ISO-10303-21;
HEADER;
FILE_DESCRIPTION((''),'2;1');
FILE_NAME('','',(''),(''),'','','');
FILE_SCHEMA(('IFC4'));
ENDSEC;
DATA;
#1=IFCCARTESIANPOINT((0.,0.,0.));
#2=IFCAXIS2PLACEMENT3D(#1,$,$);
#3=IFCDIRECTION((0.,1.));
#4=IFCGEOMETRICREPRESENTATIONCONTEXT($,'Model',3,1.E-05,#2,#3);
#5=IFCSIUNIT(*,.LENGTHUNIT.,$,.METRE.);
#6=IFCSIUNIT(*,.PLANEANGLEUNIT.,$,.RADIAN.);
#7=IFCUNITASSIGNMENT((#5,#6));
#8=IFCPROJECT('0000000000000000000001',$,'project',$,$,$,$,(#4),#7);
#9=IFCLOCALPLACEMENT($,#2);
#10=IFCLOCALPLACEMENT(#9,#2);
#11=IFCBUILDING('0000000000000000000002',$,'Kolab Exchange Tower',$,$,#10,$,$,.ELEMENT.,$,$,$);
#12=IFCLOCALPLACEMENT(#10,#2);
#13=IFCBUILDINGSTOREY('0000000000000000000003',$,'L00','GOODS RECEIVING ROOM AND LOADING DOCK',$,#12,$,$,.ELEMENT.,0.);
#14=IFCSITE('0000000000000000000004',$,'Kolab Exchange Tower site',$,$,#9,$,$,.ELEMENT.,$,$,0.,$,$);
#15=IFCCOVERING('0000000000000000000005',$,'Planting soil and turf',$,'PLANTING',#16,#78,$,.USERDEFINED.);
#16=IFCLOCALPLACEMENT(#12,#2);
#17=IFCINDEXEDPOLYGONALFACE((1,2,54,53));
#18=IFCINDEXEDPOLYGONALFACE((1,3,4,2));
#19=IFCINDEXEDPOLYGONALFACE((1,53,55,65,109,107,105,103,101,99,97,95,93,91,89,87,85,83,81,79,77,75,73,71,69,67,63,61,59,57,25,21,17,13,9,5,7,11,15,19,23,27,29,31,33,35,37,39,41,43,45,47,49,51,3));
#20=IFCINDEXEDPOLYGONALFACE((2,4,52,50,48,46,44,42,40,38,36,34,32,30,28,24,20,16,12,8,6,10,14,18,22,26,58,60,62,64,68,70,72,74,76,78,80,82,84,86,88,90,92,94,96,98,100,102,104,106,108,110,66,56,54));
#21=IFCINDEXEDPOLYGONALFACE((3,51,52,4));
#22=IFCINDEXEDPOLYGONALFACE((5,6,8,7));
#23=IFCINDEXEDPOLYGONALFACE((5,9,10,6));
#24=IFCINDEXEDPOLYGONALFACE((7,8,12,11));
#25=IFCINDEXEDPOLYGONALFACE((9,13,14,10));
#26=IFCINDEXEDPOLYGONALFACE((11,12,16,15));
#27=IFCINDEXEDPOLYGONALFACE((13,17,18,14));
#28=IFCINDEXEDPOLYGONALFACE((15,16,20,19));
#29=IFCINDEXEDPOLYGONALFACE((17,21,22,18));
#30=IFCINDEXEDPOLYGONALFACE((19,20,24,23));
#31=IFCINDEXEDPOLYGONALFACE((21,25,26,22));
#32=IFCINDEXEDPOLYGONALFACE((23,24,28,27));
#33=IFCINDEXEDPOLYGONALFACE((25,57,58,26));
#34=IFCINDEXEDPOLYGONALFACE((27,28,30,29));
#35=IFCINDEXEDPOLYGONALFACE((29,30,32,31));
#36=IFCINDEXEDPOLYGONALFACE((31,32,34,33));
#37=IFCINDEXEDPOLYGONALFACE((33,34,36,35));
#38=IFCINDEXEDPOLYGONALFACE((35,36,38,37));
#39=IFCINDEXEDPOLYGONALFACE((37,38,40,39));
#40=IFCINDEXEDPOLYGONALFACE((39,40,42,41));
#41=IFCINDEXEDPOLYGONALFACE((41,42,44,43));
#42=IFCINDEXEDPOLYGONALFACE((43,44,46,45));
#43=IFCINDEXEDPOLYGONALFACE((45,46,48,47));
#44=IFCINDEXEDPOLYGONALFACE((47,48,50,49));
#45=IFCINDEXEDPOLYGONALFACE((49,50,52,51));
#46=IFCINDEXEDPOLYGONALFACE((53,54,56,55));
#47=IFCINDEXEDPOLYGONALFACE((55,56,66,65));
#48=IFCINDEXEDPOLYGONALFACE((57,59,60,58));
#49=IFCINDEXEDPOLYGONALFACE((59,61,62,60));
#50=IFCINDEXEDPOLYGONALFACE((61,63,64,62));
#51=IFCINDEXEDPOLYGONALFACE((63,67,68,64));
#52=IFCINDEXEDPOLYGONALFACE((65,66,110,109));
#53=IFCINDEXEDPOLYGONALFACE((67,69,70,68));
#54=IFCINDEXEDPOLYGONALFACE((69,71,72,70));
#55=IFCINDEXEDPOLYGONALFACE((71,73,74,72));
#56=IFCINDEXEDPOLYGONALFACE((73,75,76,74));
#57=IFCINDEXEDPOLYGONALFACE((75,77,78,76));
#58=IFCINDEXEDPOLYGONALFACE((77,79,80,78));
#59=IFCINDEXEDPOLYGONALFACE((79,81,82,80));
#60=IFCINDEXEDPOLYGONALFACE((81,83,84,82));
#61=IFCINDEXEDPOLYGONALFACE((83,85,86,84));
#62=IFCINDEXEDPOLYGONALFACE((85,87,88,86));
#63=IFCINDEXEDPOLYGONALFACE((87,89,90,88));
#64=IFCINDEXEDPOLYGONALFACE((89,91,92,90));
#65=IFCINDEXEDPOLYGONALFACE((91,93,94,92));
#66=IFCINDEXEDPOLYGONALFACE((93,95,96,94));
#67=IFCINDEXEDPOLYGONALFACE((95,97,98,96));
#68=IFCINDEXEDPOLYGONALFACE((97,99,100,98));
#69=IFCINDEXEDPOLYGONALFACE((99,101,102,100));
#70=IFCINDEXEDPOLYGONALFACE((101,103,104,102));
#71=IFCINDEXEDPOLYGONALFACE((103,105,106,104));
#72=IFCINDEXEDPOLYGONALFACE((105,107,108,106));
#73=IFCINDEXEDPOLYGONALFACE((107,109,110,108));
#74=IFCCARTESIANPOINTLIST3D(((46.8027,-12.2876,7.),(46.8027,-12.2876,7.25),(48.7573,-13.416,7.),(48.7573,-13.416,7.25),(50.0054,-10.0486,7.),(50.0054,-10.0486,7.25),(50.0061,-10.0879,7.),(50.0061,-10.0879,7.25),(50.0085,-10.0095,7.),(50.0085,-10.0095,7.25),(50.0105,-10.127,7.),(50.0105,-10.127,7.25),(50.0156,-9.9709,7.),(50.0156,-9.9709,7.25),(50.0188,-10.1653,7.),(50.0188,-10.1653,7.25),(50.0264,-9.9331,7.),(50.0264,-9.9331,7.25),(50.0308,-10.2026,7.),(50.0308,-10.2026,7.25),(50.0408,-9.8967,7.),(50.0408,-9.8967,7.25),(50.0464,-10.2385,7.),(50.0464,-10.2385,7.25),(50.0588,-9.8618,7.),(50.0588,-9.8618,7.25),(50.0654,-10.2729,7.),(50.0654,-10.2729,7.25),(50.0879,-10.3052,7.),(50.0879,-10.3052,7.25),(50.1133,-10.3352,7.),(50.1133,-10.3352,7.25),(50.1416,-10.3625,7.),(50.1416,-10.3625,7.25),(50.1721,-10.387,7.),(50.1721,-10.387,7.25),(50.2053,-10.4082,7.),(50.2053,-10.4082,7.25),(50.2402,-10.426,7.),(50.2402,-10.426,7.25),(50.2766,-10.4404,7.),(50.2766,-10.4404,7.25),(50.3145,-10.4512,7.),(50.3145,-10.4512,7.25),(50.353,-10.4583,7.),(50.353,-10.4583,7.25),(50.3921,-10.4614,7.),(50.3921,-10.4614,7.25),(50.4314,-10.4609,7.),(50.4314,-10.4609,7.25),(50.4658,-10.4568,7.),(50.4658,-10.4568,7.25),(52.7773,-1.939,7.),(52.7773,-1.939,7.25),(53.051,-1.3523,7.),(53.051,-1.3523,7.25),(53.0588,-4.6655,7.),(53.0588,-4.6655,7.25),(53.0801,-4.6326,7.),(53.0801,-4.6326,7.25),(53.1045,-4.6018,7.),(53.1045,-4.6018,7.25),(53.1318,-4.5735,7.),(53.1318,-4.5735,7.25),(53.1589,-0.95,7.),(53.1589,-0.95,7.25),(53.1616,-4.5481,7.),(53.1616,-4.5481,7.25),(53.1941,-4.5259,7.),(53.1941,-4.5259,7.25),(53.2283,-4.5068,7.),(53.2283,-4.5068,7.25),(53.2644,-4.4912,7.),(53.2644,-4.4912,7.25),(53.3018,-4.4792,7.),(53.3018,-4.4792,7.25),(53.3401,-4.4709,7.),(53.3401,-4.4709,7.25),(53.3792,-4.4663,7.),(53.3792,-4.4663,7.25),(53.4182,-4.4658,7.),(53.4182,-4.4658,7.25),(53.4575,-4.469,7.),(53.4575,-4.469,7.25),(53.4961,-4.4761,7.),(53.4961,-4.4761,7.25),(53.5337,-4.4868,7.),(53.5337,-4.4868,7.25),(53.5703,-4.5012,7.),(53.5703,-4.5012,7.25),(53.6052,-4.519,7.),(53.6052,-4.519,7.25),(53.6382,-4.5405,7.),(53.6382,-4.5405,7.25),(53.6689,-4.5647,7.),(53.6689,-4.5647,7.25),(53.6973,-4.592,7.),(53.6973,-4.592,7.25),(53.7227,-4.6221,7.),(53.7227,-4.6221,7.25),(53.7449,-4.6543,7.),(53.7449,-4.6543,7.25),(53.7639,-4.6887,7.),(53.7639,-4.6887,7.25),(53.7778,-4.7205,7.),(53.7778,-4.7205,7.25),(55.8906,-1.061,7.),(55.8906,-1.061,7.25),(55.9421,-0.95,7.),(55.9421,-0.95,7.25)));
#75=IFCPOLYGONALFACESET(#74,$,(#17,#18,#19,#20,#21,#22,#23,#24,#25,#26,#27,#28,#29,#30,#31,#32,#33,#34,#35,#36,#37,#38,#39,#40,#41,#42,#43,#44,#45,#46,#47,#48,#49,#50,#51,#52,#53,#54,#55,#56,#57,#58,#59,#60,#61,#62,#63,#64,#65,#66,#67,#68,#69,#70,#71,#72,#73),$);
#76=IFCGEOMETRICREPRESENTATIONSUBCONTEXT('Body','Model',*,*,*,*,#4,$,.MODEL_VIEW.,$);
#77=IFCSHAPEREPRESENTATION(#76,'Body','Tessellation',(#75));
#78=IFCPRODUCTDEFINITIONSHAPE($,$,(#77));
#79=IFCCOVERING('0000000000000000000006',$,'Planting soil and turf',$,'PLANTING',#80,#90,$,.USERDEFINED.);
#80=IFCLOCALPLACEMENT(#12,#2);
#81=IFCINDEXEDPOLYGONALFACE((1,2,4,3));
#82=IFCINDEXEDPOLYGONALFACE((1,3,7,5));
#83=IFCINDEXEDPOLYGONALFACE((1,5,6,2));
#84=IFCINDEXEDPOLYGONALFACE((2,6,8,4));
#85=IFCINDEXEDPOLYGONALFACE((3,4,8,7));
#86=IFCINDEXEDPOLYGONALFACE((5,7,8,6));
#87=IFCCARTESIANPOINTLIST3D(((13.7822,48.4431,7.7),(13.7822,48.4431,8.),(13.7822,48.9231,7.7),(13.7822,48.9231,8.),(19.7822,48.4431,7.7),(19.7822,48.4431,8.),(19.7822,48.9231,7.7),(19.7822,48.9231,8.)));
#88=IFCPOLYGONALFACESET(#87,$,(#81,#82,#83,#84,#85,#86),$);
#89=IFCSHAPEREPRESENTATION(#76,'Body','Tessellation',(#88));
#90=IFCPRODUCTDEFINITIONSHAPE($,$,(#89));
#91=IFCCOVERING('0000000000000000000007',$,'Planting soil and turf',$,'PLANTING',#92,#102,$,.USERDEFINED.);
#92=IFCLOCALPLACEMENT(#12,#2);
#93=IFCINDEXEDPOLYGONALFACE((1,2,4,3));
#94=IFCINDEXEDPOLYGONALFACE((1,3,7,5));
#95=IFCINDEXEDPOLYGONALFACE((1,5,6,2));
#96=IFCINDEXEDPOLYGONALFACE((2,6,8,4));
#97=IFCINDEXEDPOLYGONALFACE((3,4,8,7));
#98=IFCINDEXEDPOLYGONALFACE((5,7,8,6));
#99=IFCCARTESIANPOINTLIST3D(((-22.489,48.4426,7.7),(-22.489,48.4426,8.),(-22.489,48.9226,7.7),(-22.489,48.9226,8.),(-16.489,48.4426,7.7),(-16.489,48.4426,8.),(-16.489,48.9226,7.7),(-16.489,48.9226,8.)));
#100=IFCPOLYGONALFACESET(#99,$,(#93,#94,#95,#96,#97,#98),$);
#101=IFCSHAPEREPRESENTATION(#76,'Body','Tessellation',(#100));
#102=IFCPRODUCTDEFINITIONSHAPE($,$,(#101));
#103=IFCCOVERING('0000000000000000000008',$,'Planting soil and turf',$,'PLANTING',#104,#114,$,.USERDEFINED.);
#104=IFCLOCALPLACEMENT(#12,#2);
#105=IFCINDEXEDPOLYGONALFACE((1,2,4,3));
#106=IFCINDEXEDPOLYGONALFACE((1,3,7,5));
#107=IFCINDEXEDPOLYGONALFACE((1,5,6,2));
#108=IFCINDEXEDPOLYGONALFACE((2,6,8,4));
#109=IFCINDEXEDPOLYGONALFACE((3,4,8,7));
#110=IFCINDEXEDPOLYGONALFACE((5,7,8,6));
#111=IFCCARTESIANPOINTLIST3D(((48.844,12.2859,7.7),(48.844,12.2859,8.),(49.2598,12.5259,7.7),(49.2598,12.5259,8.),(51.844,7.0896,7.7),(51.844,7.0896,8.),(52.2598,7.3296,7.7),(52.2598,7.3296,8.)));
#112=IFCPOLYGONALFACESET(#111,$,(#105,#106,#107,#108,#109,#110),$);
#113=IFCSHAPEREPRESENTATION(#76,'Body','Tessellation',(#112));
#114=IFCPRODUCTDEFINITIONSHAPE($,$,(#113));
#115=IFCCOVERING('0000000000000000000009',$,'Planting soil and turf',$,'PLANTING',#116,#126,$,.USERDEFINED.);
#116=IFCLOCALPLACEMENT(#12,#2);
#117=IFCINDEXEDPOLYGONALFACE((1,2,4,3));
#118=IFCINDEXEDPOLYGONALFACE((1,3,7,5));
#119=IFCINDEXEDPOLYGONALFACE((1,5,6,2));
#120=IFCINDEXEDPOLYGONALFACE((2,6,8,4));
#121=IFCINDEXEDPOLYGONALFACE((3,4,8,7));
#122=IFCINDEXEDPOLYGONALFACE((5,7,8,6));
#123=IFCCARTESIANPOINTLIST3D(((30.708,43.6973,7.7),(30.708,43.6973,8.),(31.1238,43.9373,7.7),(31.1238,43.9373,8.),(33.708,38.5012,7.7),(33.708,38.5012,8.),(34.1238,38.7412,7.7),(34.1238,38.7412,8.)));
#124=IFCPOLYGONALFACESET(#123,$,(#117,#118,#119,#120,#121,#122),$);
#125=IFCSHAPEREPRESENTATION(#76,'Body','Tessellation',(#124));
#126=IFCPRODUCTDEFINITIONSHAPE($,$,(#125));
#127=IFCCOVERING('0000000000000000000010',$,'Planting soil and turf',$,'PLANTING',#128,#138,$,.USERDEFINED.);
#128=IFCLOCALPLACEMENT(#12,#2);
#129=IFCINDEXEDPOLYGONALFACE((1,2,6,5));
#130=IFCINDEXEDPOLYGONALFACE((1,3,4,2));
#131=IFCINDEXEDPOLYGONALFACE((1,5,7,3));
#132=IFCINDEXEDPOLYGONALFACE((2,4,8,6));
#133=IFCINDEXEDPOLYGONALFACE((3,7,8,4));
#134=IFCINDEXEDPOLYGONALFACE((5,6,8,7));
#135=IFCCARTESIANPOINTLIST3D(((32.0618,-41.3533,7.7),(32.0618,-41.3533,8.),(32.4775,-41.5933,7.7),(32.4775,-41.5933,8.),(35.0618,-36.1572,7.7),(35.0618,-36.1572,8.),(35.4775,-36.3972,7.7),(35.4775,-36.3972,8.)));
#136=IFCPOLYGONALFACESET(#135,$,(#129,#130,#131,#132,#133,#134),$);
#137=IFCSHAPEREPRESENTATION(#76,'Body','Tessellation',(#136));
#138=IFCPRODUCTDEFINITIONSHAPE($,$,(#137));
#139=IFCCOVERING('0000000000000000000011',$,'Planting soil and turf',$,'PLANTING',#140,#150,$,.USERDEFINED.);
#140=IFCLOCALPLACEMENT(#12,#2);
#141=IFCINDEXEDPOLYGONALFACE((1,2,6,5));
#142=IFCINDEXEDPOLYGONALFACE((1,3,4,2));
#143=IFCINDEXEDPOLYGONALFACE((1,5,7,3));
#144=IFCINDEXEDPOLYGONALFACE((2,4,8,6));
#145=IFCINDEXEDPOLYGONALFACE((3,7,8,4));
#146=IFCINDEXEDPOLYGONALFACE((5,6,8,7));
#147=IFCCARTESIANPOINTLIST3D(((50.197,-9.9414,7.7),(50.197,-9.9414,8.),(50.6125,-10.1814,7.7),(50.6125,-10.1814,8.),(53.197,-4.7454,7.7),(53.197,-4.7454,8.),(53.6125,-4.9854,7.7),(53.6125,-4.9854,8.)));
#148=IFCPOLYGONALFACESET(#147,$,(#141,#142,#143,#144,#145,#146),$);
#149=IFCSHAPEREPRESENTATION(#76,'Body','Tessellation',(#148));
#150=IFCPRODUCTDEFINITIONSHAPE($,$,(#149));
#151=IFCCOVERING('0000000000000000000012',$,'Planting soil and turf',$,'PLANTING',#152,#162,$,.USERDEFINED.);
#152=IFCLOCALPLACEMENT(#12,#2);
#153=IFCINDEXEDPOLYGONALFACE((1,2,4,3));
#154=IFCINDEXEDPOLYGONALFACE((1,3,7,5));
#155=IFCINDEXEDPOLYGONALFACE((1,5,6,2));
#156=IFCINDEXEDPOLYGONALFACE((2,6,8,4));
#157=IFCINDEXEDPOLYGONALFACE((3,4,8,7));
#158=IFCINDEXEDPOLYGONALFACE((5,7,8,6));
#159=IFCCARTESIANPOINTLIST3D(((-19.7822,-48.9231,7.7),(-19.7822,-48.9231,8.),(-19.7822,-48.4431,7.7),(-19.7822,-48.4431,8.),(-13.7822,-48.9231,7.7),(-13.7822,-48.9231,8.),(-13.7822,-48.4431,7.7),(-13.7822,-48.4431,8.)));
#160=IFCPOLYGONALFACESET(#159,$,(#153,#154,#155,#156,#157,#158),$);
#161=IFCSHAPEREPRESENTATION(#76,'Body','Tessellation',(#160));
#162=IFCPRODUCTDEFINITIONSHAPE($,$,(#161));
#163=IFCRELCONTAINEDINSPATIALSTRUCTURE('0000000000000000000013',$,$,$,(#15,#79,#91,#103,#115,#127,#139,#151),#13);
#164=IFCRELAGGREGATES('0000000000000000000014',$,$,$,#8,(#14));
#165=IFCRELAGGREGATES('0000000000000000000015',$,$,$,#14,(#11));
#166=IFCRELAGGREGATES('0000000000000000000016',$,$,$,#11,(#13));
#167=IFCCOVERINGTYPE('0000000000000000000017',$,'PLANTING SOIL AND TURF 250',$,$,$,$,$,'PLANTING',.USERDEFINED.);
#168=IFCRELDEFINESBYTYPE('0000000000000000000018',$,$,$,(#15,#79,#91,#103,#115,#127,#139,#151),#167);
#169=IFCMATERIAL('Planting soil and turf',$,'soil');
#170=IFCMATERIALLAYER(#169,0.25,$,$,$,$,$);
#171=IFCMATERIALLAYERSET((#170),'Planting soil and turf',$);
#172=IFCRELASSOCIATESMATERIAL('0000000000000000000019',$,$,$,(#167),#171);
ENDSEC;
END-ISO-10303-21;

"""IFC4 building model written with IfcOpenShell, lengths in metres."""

from ifc_helpers import new_model, si_unit, direction, frame, origin, place, context, subcontext, project, spatial, polyline, outline, extrude, material, layer, layer_set, type_object, element, save


model = new_model("IFC4")

# Units and contexts
model_context = context("Model", 3, precision=1e-05, world=origin(), true_north=direction((0.0, 1.0)))
body_context = subcontext(model_context, "Body", "Model", "MODEL_VIEW")
ifc_project = project(units=[si_unit("LENGTHUNIT", "METRE"), si_unit("PLANEANGLEUNIT", "RADIAN")], contexts=[model_context])

# Site, building, storey
site_placement = place(None, origin())
site = spatial("IfcSite", under=ifc_project, at=site_placement, Name="Kolab Exchange Tower site", CompositionType="ELEMENT", RefElevation=0.0)
building_placement = place(site_placement, origin())
building = spatial("IfcBuilding", under=site, at=building_placement, Name="Kolab Exchange Tower", CompositionType="ELEMENT")
storey_placement = place(building_placement, origin())
storey = spatial("IfcBuildingStorey", under=building, at=storey_placement, Name="L00", Description="GOODS RECEIVING ROOM AND LOADING DOCK", CompositionType="ELEMENT", Elevation=0.0)

# Coverings
ifc_material_1 = material(Name="Planting soil and turf", Category="soil")
ifc_layer_1 = layer(ifc_material_1, 0.25)
ifc_layer_set_1 = layer_set([ifc_layer_1], Name="Planting soil and turf")
covering_type_1 = type_object("IfcCoveringType", Name="PLANTING SOIL AND TURF 250", ElementType="PLANTING", PredefinedType="USERDEFINED", material=ifc_layer_set_1)
covering_1_placement = place(storey_placement, frame((0.0, 0.0, 7.0)))
element("IfcCovering", 1, at=covering_1_placement, inside=storey, type_object=covering_type_1, Name="Planting soil and turf", ObjectType="PLANTING", PredefinedType="USERDEFINED", context=body_context, shape_type="SweptSolid", body=[
    extrude(outline(polyline([(52.7773, -1.939), (53.051, -1.3523), (53.1589, -0.95), (55.9421, -0.95), (55.8906, -1.061), (53.7778, -4.7205), (53.7639, -4.6887), (53.7449, -4.6543), (53.7227, -4.6221), (53.6973, -4.592), (53.6689, -4.5647), (53.6382, -4.5405), (53.6052, -4.519), (53.5703, -4.5012), (53.5337, -4.4868), (53.4961, -4.4761), (53.4575, -4.469), (53.4182, -4.4658), (53.3792, -4.4663), (53.3401, -4.4709), (53.3018, -4.4792), (53.2644, -4.4912), (53.2283, -4.5068), (53.1941, -4.5259), (53.1616, -4.5481), (53.1318, -4.5735), (53.1045, -4.6018), (53.0801, -4.6326), (53.0588, -4.6655), (50.0588, -9.8618), (50.0408, -9.8967), (50.0264, -9.9331), (50.0156, -9.9709), (50.0085, -10.0095), (50.0054, -10.0486), (50.0061, -10.0879), (50.0105, -10.127), (50.0188, -10.1653), (50.0308, -10.2026), (50.0464, -10.2385), (50.0654, -10.2729), (50.0879, -10.3052), (50.1133, -10.3352), (50.1416, -10.3625), (50.1721, -10.387), (50.2053, -10.4082), (50.2402, -10.426), (50.2766, -10.4404), (50.3145, -10.4512), (50.353, -10.4583), (50.3921, -10.4614), (50.4314, -10.4609), (50.4658, -10.4568), (48.7573, -13.416), (46.8027, -12.2876), (52.7773, -1.939)])), origin(), (0.0, 0.0, 1.0), 0.25),
])
covering_2_placement = place(storey_placement, frame((0.0, 0.0, 7.7)))
element("IfcCovering", 2, at=covering_2_placement, inside=storey, type_object=covering_type_1, Name="Planting soil and turf", ObjectType="PLANTING", PredefinedType="USERDEFINED", context=body_context, shape_type="SweptSolid", body=[
    extrude(outline(polyline([(19.7822, 48.9231), (19.7822, 48.4431), (13.7822, 48.4431), (13.7822, 48.9231), (19.7822, 48.9231)])), origin(), (0.0, 0.0, 1.0), 0.3),
])
covering_3_placement = place(storey_placement, frame((0.0, 0.0, 7.7)))
element("IfcCovering", 3, at=covering_3_placement, inside=storey, type_object=covering_type_1, Name="Planting soil and turf", ObjectType="PLANTING", PredefinedType="USERDEFINED", context=body_context, shape_type="SweptSolid", body=[
    extrude(outline(polyline([(-16.489, 48.9226), (-16.489, 48.4426), (-22.489, 48.4426), (-22.489, 48.9226), (-16.489, 48.9226)])), origin(), (0.0, 0.0, 1.0), 0.3),
])
covering_4_placement = place(storey_placement, frame((0.0, 0.0, 7.7)))
element("IfcCovering", 4, at=covering_4_placement, inside=storey, type_object=covering_type_1, Name="Planting soil and turf", ObjectType="PLANTING", PredefinedType="USERDEFINED", context=body_context, shape_type="SweptSolid", body=[
    extrude(outline(polyline([(52.2598, 7.3296), (51.844, 7.0896), (48.844, 12.2859), (49.2598, 12.5259), (52.2598, 7.3296)])), origin(), (0.0, 0.0, 1.0), 0.3),
])
covering_5_placement = place(storey_placement, frame((0.0, 0.0, 7.7)))
element("IfcCovering", 5, at=covering_5_placement, inside=storey, type_object=covering_type_1, Name="Planting soil and turf", ObjectType="PLANTING", PredefinedType="USERDEFINED", context=body_context, shape_type="SweptSolid", body=[
    extrude(outline(polyline([(34.1238, 38.7412), (33.708, 38.5012), (30.708, 43.6973), (31.1238, 43.9373), (34.1238, 38.7412)])), origin(), (0.0, 0.0, 1.0), 0.3),
])
covering_6_placement = place(storey_placement, frame((0.0, 0.0, 7.7)))
element("IfcCovering", 6, at=covering_6_placement, inside=storey, type_object=covering_type_1, Name="Planting soil and turf", ObjectType="PLANTING", PredefinedType="USERDEFINED", context=body_context, shape_type="SweptSolid", body=[
    extrude(outline(polyline([(32.4775, -41.5933), (32.0618, -41.3533), (35.0618, -36.1572), (35.4775, -36.3972), (32.4775, -41.5933)])), origin(), (0.0, 0.0, 1.0), 0.3),
])
covering_7_placement = place(storey_placement, frame((0.0, 0.0, 7.7)))
element("IfcCovering", 7, at=covering_7_placement, inside=storey, type_object=covering_type_1, Name="Planting soil and turf", ObjectType="PLANTING", PredefinedType="USERDEFINED", context=body_context, shape_type="SweptSolid", body=[
    extrude(outline(polyline([(50.6125, -10.1814), (50.197, -9.9414), (53.197, -4.7454), (53.6125, -4.9854), (50.6125, -10.1814)])), origin(), (0.0, 0.0, 1.0), 0.3),
])
covering_8_placement = place(storey_placement, frame((0.0, 0.0, 7.7)))
element("IfcCovering", 8, at=covering_8_placement, inside=storey, type_object=covering_type_1, Name="Planting soil and turf", ObjectType="PLANTING", PredefinedType="USERDEFINED", context=body_context, shape_type="SweptSolid", body=[
    extrude(outline(polyline([(-19.7822, -48.9231), (-19.7822, -48.4431), (-13.7822, -48.4431), (-13.7822, -48.9231), (-19.7822, -48.9231)])), origin(), (0.0, 0.0, 1.0), 0.3),
])

save(model, "model.ifc")
